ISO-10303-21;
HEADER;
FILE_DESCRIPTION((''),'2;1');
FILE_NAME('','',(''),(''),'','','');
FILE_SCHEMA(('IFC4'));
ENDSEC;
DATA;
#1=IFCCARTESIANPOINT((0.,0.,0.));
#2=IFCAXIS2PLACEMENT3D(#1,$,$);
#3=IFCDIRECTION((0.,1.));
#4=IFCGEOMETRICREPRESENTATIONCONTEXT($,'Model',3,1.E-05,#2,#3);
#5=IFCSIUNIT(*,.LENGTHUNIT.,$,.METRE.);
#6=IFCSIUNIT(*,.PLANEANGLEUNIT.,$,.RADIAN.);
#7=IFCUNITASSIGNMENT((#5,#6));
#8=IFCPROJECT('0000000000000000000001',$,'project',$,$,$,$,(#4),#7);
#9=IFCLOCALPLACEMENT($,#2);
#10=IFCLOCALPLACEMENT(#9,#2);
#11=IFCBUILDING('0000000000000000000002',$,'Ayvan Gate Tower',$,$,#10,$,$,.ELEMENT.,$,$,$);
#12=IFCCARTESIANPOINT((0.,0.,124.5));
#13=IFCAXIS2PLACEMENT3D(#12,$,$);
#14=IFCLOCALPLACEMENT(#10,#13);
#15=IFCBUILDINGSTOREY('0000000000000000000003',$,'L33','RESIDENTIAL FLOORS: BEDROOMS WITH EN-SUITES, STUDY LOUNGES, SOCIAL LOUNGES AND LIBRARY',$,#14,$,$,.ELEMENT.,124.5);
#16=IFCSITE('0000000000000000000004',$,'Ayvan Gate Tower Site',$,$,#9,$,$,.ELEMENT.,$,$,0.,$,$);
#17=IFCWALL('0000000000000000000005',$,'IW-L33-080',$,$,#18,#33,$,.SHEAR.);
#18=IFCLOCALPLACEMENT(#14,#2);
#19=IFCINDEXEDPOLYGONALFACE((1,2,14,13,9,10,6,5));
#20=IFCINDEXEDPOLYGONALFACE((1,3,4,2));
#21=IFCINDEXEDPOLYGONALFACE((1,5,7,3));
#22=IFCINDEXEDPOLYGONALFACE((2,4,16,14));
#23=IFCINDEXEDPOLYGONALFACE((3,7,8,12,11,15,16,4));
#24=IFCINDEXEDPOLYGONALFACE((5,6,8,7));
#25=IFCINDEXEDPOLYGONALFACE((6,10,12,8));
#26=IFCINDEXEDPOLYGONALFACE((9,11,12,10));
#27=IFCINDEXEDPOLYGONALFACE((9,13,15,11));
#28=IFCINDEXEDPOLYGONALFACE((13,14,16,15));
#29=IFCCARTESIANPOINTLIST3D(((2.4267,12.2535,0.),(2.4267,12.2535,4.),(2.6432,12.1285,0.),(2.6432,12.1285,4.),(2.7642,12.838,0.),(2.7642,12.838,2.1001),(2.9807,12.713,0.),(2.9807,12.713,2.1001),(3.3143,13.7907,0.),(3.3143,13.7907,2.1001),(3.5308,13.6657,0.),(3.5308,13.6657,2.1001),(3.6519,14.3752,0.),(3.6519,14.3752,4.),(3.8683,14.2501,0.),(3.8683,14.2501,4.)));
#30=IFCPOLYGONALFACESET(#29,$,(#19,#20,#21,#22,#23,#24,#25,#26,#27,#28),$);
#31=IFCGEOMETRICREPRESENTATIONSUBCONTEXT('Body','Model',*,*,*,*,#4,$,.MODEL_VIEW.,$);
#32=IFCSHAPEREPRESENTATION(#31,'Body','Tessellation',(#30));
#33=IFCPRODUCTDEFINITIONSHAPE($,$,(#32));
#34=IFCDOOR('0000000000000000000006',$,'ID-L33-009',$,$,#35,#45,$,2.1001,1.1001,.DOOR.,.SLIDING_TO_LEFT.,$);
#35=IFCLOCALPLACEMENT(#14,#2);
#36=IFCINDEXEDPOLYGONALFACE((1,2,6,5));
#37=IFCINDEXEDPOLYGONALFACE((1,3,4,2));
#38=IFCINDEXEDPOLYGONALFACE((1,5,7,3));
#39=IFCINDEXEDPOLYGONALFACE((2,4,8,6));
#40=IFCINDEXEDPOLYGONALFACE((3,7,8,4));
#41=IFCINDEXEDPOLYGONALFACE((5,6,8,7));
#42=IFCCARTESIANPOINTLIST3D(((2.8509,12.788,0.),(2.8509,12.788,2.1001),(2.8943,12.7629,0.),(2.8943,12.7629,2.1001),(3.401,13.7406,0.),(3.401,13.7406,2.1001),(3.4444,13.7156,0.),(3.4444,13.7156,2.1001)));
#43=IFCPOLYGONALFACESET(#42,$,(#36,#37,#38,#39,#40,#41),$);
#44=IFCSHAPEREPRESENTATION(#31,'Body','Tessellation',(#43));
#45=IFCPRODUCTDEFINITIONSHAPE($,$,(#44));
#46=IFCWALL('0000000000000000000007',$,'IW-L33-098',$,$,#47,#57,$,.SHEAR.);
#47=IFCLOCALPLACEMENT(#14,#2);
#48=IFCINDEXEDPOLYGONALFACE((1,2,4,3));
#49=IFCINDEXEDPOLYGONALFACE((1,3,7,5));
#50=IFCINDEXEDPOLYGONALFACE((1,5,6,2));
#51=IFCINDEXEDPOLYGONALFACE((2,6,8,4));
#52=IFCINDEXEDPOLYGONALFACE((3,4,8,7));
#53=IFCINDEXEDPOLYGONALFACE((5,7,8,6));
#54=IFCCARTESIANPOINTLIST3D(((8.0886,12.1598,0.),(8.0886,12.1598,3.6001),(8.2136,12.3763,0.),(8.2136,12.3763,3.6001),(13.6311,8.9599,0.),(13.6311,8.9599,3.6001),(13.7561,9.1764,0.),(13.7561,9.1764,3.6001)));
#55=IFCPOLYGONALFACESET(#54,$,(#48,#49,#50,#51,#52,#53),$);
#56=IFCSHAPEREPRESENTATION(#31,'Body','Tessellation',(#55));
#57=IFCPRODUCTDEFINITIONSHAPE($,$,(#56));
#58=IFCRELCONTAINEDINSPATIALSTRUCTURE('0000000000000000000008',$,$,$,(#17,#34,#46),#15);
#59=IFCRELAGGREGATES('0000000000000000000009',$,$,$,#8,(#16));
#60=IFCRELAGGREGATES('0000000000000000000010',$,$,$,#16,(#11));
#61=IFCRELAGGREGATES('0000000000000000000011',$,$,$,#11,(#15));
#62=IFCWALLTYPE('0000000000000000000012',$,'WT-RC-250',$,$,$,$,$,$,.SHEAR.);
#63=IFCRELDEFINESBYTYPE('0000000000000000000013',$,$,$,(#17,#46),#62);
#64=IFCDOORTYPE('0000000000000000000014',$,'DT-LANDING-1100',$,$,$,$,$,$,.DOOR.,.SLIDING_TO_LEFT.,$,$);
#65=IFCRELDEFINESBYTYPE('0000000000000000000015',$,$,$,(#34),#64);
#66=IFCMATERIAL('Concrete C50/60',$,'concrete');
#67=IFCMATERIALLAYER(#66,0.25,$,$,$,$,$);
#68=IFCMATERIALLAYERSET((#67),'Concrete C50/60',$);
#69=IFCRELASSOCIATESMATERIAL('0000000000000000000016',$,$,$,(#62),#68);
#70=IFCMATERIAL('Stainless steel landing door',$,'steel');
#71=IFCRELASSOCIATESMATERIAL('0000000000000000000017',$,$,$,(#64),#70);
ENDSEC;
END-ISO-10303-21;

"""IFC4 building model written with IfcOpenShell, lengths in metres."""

from ifc_helpers import new_model, si_unit, direction, frame, frame_2d, origin, place, context, subcontext, project, spatial, rectangle, extrude, material, layer, layer_set, type_object, element, fill, save


model = new_model("IFC4")

# Units and contexts
model_context = context("Model", 3, precision=1e-05, world=origin(), true_north=direction((0.0, 1.0)))
body_context = subcontext(model_context, "Body", "Model", "MODEL_VIEW")
ifc_project = project(units=[si_unit("LENGTHUNIT", "METRE"), si_unit("PLANEANGLEUNIT", "RADIAN")], contexts=[model_context])

# Site, building, storey
site_placement = place(None, origin())
site = spatial("IfcSite", under=ifc_project, at=site_placement, Name="Ayvan Gate Tower Site", CompositionType="ELEMENT", RefElevation=0.0)
building_placement = place(site_placement, origin())
building = spatial("IfcBuilding", under=site, at=building_placement, Name="Ayvan Gate Tower", CompositionType="ELEMENT")
storey_placement = place(building_placement, frame((0.0, 0.0, 124.5)))
storey = spatial("IfcBuildingStorey", under=building, at=storey_placement, Name="L33", Description="RESIDENTIAL FLOORS: BEDROOMS WITH EN-SUITES, STUDY LOUNGES, SOCIAL LOUNGES AND LIBRARY", CompositionType="ELEMENT", Elevation=124.5)

# Shared definitions
ifc_material_1 = material(Name="Concrete C50/60", Category="concrete")
ifc_layer_1 = layer(ifc_material_1, 0.25)
ifc_layer_set_1 = layer_set([ifc_layer_1], Name="Concrete C50/60")
wall_type_1 = type_object("IfcWallType", Name="WT-RC-250", PredefinedType="SHEAR", material=ifc_layer_set_1)

# Wall, opening, door
wall_1_placement = place(storey_placement, frame((2.5349, 12.1909, 0.0), z_axis=(0.0, 0.0, 1.0), x_axis=(0.500062, 0.86599, 0.0)))
wall_1 = element("IfcWall", 1, at=wall_1_placement, inside=storey, type_object=wall_type_1, Name="IW-L33-080", PredefinedType="SHEAR", context=body_context, shape_type="SweptSolid", body=[
    extrude(rectangle(XDim=2.45, YDim=0.25, at=frame_2d((1.2251, 0.0))), origin(), (0.0, 0.0, 1.0), 4.0),
])
opening_placement = place(wall_1_placement, frame((0.675, 0.0, 0.0)))
opening = element("IfcOpeningElement", 2, at=opening_placement, cuts=wall_1, PredefinedType="OPENING", context=body_context, shape_type="SweptSolid", body=[
    extrude(rectangle(XDim=1.1001, YDim=2.1001, at=frame_2d((0.55, 1.05))), frame((0.0, 0.135, 0.0), z_axis=(0.0, -1.0, 0.0), x_axis=(1.0, 0.0, 0.0)), (0.0, 0.0, 1.0), 0.27),
])
ifc_material_2 = material(Name="Stainless steel landing door", Category="steel")
door_type = type_object("IfcDoorType", Name="DT-LANDING-1100", OperationType="SLIDING_TO_LEFT", PredefinedType="DOOR", material=ifc_material_2)
door_placement = place(opening_placement, origin())
door = element("IfcDoor", 3, at=door_placement, inside=storey, type_object=door_type, Name="ID-L33-009", OperationType="SLIDING_TO_LEFT", OverallHeight=2.1001, OverallWidth=1.1001, PredefinedType="DOOR", context=body_context, shape_type="SweptSolid", body=[
    extrude(rectangle(XDim=1.1001, YDim=2.1001, at=frame_2d((0.55, 1.05))), frame((0.0, 0.0249, 0.0), z_axis=(0.0, -1.0, 0.0), x_axis=(1.0, 0.0, 0.0)), (0.0, 0.0, 1.0), 0.05),
])
fill(opening, door)

# Wall
wall_2_placement = place(storey_placement, frame((8.1511, 12.2681, 0.0), z_axis=(0.0, 0.0, 1.0), x_axis=(0.866025, -0.5, 0.0)))
element("IfcWall", 4, at=wall_2_placement, inside=storey, type_object=wall_type_1, Name="IW-L33-098", PredefinedType="SHEAR", context=body_context, shape_type="SweptSolid", body=[
    extrude(rectangle(XDim=6.3999, YDim=0.25, at=frame_2d((3.2, 0.0))), origin(), (0.0, 0.0, 1.0), 3.6001),
])

save(model, "model.ifc")
